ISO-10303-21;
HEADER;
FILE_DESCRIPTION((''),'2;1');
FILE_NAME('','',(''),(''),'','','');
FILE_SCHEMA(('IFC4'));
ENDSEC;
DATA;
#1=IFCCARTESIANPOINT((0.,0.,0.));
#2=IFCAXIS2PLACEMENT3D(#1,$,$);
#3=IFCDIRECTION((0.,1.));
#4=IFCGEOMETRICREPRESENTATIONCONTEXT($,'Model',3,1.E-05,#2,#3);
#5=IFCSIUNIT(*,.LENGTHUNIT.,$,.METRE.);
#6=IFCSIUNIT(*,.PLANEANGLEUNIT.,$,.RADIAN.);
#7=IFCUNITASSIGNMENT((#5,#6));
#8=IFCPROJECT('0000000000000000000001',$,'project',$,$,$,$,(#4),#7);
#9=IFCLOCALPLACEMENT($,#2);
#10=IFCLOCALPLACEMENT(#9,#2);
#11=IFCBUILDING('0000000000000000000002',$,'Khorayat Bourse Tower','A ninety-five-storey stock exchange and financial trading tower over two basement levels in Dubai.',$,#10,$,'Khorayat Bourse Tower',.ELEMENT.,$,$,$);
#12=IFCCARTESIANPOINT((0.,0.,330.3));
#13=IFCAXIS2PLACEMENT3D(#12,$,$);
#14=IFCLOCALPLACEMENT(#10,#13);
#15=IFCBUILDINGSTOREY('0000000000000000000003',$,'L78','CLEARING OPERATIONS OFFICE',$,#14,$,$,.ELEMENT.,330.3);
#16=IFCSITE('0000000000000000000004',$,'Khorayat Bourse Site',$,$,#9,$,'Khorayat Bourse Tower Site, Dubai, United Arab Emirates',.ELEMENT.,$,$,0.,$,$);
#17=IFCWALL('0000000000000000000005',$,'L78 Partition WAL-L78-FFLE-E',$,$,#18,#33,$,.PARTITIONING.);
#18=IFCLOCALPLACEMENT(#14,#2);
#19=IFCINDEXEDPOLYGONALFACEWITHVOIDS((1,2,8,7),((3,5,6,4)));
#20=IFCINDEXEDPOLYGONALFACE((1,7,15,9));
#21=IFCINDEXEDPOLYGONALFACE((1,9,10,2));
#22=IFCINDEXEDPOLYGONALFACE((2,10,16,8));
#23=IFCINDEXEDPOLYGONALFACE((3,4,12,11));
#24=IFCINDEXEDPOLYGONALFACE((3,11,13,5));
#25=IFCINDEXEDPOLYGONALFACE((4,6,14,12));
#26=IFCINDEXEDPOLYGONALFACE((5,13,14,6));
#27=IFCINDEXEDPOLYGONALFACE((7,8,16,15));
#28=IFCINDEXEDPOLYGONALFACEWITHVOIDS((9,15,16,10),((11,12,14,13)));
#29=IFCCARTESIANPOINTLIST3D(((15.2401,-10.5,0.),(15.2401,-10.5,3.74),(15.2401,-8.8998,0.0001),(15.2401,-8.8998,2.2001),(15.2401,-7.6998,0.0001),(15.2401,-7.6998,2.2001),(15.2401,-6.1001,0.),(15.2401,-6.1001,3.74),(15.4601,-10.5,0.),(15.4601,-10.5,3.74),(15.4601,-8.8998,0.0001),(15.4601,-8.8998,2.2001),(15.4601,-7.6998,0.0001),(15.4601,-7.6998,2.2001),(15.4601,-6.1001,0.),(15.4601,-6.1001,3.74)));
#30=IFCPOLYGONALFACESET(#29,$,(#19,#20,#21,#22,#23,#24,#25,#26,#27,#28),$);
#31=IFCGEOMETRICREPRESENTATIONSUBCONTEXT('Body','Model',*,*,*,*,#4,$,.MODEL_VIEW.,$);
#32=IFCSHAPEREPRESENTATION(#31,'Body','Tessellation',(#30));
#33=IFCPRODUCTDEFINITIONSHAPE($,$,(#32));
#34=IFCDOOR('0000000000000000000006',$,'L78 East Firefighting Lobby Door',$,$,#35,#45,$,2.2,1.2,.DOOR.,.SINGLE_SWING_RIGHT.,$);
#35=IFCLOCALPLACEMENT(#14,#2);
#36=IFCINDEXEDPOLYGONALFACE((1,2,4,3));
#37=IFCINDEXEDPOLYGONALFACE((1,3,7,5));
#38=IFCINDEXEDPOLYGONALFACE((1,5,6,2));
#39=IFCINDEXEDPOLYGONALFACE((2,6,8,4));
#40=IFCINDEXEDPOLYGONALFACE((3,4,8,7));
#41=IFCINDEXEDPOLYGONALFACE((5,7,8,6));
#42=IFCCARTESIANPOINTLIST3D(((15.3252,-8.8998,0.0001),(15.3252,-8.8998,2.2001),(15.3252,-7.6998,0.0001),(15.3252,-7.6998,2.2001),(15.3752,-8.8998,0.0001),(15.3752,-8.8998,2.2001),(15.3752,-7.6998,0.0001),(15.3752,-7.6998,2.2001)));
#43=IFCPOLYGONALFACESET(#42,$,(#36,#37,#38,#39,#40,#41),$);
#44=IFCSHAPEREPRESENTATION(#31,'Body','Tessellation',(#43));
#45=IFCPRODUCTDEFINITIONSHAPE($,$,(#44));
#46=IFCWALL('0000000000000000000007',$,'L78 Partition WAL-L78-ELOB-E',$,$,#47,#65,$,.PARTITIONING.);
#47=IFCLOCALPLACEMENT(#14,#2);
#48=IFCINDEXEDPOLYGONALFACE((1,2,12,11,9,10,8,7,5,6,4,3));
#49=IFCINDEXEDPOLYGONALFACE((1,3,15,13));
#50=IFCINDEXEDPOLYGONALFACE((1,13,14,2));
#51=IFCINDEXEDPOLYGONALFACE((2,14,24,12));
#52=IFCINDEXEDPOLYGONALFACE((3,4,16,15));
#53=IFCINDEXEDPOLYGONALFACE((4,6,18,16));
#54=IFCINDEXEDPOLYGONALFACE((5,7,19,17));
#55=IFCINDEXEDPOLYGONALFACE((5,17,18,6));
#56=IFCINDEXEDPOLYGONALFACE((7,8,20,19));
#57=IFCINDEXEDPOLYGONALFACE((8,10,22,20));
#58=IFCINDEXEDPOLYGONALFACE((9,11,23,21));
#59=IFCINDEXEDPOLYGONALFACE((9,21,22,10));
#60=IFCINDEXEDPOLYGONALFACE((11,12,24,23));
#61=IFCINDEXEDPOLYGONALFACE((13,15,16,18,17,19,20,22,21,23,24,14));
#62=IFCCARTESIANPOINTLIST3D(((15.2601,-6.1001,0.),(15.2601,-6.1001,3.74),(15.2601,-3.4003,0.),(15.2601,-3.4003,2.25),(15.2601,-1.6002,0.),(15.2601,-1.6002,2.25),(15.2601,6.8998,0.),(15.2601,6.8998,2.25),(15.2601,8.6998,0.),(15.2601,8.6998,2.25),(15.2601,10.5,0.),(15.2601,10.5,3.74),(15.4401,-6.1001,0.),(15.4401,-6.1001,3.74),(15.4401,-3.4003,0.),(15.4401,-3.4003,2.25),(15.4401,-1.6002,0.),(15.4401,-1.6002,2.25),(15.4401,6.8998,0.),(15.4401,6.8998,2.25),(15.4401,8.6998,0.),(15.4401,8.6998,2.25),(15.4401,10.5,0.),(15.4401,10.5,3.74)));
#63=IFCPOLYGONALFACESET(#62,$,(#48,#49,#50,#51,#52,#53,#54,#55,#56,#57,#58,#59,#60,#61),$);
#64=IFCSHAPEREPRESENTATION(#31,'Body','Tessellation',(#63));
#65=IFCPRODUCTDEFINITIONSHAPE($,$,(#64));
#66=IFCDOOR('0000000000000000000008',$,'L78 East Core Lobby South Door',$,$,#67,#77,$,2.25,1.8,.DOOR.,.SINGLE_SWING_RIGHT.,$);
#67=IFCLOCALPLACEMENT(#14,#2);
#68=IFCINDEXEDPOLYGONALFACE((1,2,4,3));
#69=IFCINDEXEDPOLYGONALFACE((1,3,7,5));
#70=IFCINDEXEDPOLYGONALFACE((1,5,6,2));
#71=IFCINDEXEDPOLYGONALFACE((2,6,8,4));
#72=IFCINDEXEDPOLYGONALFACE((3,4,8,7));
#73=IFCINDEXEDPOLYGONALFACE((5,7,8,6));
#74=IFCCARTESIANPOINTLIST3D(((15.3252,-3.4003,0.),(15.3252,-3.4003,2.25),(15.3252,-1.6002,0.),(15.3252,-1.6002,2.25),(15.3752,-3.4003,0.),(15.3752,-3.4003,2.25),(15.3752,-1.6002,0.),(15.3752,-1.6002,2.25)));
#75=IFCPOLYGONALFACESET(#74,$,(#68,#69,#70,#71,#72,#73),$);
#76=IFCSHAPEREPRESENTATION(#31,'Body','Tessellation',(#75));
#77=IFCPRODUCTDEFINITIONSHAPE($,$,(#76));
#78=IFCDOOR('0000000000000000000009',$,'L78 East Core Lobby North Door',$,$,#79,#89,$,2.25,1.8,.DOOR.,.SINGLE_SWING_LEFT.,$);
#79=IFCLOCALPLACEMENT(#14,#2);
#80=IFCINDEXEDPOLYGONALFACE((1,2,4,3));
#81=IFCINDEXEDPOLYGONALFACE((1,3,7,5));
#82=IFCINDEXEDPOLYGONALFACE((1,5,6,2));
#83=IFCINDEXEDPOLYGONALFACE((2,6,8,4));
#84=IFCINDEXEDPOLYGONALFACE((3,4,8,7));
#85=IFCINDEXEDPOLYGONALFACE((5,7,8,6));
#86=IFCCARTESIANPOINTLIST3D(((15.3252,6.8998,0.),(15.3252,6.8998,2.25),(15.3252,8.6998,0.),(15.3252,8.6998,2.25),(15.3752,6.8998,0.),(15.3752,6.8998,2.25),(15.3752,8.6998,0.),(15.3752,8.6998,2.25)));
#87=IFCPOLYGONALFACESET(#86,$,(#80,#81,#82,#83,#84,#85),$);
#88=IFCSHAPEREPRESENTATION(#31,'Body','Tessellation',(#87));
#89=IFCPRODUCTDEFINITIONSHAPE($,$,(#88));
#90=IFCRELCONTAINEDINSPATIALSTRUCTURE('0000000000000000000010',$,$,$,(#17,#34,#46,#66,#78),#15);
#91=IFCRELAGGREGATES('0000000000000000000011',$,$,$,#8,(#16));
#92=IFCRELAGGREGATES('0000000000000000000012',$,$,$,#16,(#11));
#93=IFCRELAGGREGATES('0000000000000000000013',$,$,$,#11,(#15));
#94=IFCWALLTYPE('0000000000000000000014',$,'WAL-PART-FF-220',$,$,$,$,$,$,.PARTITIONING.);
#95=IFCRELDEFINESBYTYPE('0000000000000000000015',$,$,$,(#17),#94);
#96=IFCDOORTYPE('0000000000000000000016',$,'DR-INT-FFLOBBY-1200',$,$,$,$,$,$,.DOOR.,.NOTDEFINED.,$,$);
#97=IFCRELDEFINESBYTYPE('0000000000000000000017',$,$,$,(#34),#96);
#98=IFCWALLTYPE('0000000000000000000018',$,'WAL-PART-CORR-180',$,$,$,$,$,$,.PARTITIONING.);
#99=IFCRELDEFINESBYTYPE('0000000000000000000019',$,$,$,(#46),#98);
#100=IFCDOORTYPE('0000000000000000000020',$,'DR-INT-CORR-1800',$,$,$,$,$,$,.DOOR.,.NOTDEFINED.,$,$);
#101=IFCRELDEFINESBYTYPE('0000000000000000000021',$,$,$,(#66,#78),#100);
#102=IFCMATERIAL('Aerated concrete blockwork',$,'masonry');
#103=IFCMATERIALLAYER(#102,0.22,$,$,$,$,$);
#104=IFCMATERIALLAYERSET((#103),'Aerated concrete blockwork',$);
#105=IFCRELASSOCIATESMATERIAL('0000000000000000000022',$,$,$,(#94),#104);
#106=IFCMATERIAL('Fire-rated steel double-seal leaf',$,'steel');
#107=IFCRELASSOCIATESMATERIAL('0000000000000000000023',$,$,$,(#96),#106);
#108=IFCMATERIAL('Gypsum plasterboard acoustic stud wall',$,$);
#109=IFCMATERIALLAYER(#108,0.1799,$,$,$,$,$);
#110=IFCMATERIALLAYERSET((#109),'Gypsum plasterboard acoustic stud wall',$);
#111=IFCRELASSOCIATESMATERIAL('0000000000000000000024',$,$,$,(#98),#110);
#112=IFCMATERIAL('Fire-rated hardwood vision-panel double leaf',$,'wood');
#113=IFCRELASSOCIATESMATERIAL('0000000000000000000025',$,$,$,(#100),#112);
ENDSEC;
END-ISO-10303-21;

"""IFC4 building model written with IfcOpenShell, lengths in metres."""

from ifc_helpers import new_model, si_unit, direction, frame, frame_2d, origin, place, context, subcontext, project, spatial, rectangle, extrude, source, transform, mapped, material, layer, layer_set, type_object, element, fill, save


model = new_model("IFC4")

# Units and contexts
model_context = context("Model", 3, precision=1e-05, world=origin(), true_north=direction((0.0, 1.0)))
body_context = subcontext(model_context, "Body", "Model", "MODEL_VIEW")
ifc_project = project(units=[si_unit("LENGTHUNIT", "METRE"), si_unit("PLANEANGLEUNIT", "RADIAN")], contexts=[model_context])

# Site, building, storey
site_placement = place(None, origin())
site = spatial("IfcSite", under=ifc_project, at=site_placement, Name="Khorayat Bourse Site", LongName="Khorayat Bourse Tower Site, Dubai, United Arab Emirates", CompositionType="ELEMENT", RefElevation=0.0)
building_placement = place(site_placement, origin())
building = spatial("IfcBuilding", under=site, at=building_placement, Name="Khorayat Bourse Tower", Description="A ninety-five-storey stock exchange and financial trading tower over two basement levels in Dubai.", LongName="Khorayat Bourse Tower", CompositionType="ELEMENT")
storey_placement = place(building_placement, frame((0.0, 0.0, 330.3)))
storey = spatial("IfcBuildingStorey", under=building, at=storey_placement, Name="L78", Description="CLEARING OPERATIONS OFFICE", CompositionType="ELEMENT", Elevation=330.3)

# Shared definitions
ifc_material_1 = material(Name="Aerated concrete blockwork", Category="masonry")
ifc_layer_1 = layer(ifc_material_1, 0.22)
ifc_layer_set_1 = layer_set([ifc_layer_1], Name="Aerated concrete blockwork")
wall_type_1 = type_object("IfcWallType", Name="WAL-PART-FF-220", PredefinedType="PARTITIONING", material=ifc_layer_set_1)

# Wall, opening, door
shared_shape_1 = source(origin(), body_context, "Body", "SweptSolid", [
    extrude(rectangle(XDim=4.3999, YDim=0.22, at=frame_2d((2.2, 0.0))), origin(), (0.0, 0.0, 1.0), 3.74),
])
wall_1_placement = place(storey_placement, frame((15.3501, -10.5, 0.0), z_axis=(0.0, 0.0, 1.0), x_axis=(0.0, 1.0, 0.0)))
wall_1 = element("IfcWall", 1, at=wall_1_placement, inside=storey, type_object=wall_type_1, Name="L78 Partition WAL-L78-FFLE-E", PredefinedType="PARTITIONING", context=body_context, shape_type="MappedRepresentation", body=[
    mapped(shared_shape_1, transform((0.0, 0.0, 0.0), scale=1.0)),
])
shared_shape_2 = source(origin(), body_context, "Body", "SweptSolid", [
    extrude(rectangle(XDim=1.2, YDim=2.2, at=frame_2d((0.6001, 1.1001))), frame((0.0, 0.1199, 0.0), z_axis=(0.0, -1.0, 0.0), x_axis=(1.0, 0.0, 0.0)), (0.0, 0.0, 1.0), 0.24),
])
opening_1_placement = place(wall_1_placement, frame((1.6001, 0.0, 0.0)))
opening_1 = element("IfcOpeningElement", 2, at=opening_1_placement, cuts=wall_1, PredefinedType="OPENING", context=body_context, shape_type="MappedRepresentation", body=[
    mapped(shared_shape_2, transform((0.0, 0.0, 0.0), scale=1.0)),
])
ifc_material_2 = material(Name="Fire-rated steel double-seal leaf", Category="steel")
door_type_1 = type_object("IfcDoorType", Name="DR-INT-FFLOBBY-1200", OperationType="NOTDEFINED", PredefinedType="DOOR", material=ifc_material_2)
shared_shape_3 = source(origin(), body_context, "Body", "SweptSolid", [
    extrude(rectangle(XDim=1.2, YDim=2.2, at=frame_2d((0.6001, 1.1001))), frame((0.0, 0.0249, 0.0), z_axis=(0.0, -1.0, 0.0), x_axis=(1.0, 0.0, 0.0)), (0.0, 0.0, 1.0), 0.05),
])
door_1_placement = place(opening_1_placement, origin())
door_1 = element("IfcDoor", 3, at=door_1_placement, inside=storey, type_object=door_type_1, Name="L78 East Firefighting Lobby Door", OperationType="SINGLE_SWING_RIGHT", OverallHeight=2.2, OverallWidth=1.2, PredefinedType="DOOR", context=body_context, shape_type="MappedRepresentation", body=[
    mapped(shared_shape_3, transform((0.0, 0.0, 0.0), scale=1.0)),
])
fill(opening_1, door_1)

# Wall, openings, doors
ifc_material_3 = material(Name="Gypsum plasterboard acoustic stud wall")
ifc_layer_2 = layer(ifc_material_3, 0.1799)
ifc_layer_set_2 = layer_set([ifc_layer_2], Name="Gypsum plasterboard acoustic stud wall")
wall_type_2 = type_object("IfcWallType", Name="WAL-PART-CORR-180", PredefinedType="PARTITIONING", material=ifc_layer_set_2)
shared_shape_4 = source(origin(), body_context, "Body", "SweptSolid", [
    extrude(rectangle(XDim=16.6001, YDim=0.1799, at=frame_2d((8.3, 0.0))), origin(), (0.0, 0.0, 1.0), 3.74),
])
wall_2_placement = place(storey_placement, frame((15.3501, -6.1001, 0.0), z_axis=(0.0, 0.0, 1.0), x_axis=(0.0, 1.0, 0.0)))
wall_2 = element("IfcWall", 4, at=wall_2_placement, inside=storey, type_object=wall_type_2, Name="L78 Partition WAL-L78-ELOB-E", PredefinedType="PARTITIONING", context=body_context, shape_type="MappedRepresentation", body=[
    mapped(shared_shape_4, transform((0.0, 0.0, 0.0), scale=1.0)),
])
shared_shape_5 = source(origin(), body_context, "Body", "SweptSolid", [
    extrude(rectangle(XDim=1.8, YDim=2.25, at=frame_2d((0.8999, 1.125))), frame((0.0, 0.0999, 0.0), z_axis=(0.0, -1.0, 0.0), x_axis=(1.0, 0.0, 0.0)), (0.0, 0.0, 1.0), 0.2),
])
opening_2_placement = place(wall_2_placement, frame((2.7, 0.0, 0.0)))
opening_2 = element("IfcOpeningElement", 5, at=opening_2_placement, cuts=wall_2, PredefinedType="OPENING", context=body_context, shape_type="MappedRepresentation", body=[
    mapped(shared_shape_5, transform((0.0, 0.0, 0.0), scale=1.0)),
])
opening_3_placement = place(wall_2_placement, frame((13.0, 0.0, 0.0)))
opening_3 = element("IfcOpeningElement", 6, at=opening_3_placement, cuts=wall_2, PredefinedType="OPENING", context=body_context, shape_type="MappedRepresentation", body=[
    mapped(shared_shape_5, transform((0.0, 0.0, 0.0), scale=1.0)),
])
ifc_material_4 = material(Name="Fire-rated hardwood vision-panel double leaf", Category="wood")
door_type_2 = type_object("IfcDoorType", Name="DR-INT-CORR-1800", OperationType="NOTDEFINED", PredefinedType="DOOR", material=ifc_material_4)
shared_shape_6 = source(origin(), body_context, "Body", "SweptSolid", [
    extrude(rectangle(XDim=1.8, YDim=2.25, at=frame_2d((0.8999, 1.125))), frame((0.0, 0.0249, 0.0), z_axis=(0.0, -1.0, 0.0), x_axis=(1.0, 0.0, 0.0)), (0.0, 0.0, 1.0), 0.05),
])
door_2_placement = place(opening_2_placement, origin())
door_2 = element("IfcDoor", 7, at=door_2_placement, inside=storey, type_object=door_type_2, Name="L78 East Core Lobby South Door", OperationType="SINGLE_SWING_RIGHT", OverallHeight=2.25, OverallWidth=1.8, PredefinedType="DOOR", context=body_context, shape_type="MappedRepresentation", body=[
    mapped(shared_shape_6, transform((0.0, 0.0, 0.0), scale=1.0)),
])
fill(opening_2, door_2)
door_3_placement = place(opening_3_placement, origin())
door_3 = element("IfcDoor", 8, at=door_3_placement, inside=storey, type_object=door_type_2, Name="L78 East Core Lobby North Door", OperationType="SINGLE_SWING_LEFT", OverallHeight=2.25, OverallWidth=1.8, PredefinedType="DOOR", context=body_context, shape_type="MappedRepresentation", body=[
    mapped(shared_shape_6, transform((0.0, 0.0, 0.0), scale=1.0)),
])
fill(opening_3, door_3)

save(model, "model.ifc")
